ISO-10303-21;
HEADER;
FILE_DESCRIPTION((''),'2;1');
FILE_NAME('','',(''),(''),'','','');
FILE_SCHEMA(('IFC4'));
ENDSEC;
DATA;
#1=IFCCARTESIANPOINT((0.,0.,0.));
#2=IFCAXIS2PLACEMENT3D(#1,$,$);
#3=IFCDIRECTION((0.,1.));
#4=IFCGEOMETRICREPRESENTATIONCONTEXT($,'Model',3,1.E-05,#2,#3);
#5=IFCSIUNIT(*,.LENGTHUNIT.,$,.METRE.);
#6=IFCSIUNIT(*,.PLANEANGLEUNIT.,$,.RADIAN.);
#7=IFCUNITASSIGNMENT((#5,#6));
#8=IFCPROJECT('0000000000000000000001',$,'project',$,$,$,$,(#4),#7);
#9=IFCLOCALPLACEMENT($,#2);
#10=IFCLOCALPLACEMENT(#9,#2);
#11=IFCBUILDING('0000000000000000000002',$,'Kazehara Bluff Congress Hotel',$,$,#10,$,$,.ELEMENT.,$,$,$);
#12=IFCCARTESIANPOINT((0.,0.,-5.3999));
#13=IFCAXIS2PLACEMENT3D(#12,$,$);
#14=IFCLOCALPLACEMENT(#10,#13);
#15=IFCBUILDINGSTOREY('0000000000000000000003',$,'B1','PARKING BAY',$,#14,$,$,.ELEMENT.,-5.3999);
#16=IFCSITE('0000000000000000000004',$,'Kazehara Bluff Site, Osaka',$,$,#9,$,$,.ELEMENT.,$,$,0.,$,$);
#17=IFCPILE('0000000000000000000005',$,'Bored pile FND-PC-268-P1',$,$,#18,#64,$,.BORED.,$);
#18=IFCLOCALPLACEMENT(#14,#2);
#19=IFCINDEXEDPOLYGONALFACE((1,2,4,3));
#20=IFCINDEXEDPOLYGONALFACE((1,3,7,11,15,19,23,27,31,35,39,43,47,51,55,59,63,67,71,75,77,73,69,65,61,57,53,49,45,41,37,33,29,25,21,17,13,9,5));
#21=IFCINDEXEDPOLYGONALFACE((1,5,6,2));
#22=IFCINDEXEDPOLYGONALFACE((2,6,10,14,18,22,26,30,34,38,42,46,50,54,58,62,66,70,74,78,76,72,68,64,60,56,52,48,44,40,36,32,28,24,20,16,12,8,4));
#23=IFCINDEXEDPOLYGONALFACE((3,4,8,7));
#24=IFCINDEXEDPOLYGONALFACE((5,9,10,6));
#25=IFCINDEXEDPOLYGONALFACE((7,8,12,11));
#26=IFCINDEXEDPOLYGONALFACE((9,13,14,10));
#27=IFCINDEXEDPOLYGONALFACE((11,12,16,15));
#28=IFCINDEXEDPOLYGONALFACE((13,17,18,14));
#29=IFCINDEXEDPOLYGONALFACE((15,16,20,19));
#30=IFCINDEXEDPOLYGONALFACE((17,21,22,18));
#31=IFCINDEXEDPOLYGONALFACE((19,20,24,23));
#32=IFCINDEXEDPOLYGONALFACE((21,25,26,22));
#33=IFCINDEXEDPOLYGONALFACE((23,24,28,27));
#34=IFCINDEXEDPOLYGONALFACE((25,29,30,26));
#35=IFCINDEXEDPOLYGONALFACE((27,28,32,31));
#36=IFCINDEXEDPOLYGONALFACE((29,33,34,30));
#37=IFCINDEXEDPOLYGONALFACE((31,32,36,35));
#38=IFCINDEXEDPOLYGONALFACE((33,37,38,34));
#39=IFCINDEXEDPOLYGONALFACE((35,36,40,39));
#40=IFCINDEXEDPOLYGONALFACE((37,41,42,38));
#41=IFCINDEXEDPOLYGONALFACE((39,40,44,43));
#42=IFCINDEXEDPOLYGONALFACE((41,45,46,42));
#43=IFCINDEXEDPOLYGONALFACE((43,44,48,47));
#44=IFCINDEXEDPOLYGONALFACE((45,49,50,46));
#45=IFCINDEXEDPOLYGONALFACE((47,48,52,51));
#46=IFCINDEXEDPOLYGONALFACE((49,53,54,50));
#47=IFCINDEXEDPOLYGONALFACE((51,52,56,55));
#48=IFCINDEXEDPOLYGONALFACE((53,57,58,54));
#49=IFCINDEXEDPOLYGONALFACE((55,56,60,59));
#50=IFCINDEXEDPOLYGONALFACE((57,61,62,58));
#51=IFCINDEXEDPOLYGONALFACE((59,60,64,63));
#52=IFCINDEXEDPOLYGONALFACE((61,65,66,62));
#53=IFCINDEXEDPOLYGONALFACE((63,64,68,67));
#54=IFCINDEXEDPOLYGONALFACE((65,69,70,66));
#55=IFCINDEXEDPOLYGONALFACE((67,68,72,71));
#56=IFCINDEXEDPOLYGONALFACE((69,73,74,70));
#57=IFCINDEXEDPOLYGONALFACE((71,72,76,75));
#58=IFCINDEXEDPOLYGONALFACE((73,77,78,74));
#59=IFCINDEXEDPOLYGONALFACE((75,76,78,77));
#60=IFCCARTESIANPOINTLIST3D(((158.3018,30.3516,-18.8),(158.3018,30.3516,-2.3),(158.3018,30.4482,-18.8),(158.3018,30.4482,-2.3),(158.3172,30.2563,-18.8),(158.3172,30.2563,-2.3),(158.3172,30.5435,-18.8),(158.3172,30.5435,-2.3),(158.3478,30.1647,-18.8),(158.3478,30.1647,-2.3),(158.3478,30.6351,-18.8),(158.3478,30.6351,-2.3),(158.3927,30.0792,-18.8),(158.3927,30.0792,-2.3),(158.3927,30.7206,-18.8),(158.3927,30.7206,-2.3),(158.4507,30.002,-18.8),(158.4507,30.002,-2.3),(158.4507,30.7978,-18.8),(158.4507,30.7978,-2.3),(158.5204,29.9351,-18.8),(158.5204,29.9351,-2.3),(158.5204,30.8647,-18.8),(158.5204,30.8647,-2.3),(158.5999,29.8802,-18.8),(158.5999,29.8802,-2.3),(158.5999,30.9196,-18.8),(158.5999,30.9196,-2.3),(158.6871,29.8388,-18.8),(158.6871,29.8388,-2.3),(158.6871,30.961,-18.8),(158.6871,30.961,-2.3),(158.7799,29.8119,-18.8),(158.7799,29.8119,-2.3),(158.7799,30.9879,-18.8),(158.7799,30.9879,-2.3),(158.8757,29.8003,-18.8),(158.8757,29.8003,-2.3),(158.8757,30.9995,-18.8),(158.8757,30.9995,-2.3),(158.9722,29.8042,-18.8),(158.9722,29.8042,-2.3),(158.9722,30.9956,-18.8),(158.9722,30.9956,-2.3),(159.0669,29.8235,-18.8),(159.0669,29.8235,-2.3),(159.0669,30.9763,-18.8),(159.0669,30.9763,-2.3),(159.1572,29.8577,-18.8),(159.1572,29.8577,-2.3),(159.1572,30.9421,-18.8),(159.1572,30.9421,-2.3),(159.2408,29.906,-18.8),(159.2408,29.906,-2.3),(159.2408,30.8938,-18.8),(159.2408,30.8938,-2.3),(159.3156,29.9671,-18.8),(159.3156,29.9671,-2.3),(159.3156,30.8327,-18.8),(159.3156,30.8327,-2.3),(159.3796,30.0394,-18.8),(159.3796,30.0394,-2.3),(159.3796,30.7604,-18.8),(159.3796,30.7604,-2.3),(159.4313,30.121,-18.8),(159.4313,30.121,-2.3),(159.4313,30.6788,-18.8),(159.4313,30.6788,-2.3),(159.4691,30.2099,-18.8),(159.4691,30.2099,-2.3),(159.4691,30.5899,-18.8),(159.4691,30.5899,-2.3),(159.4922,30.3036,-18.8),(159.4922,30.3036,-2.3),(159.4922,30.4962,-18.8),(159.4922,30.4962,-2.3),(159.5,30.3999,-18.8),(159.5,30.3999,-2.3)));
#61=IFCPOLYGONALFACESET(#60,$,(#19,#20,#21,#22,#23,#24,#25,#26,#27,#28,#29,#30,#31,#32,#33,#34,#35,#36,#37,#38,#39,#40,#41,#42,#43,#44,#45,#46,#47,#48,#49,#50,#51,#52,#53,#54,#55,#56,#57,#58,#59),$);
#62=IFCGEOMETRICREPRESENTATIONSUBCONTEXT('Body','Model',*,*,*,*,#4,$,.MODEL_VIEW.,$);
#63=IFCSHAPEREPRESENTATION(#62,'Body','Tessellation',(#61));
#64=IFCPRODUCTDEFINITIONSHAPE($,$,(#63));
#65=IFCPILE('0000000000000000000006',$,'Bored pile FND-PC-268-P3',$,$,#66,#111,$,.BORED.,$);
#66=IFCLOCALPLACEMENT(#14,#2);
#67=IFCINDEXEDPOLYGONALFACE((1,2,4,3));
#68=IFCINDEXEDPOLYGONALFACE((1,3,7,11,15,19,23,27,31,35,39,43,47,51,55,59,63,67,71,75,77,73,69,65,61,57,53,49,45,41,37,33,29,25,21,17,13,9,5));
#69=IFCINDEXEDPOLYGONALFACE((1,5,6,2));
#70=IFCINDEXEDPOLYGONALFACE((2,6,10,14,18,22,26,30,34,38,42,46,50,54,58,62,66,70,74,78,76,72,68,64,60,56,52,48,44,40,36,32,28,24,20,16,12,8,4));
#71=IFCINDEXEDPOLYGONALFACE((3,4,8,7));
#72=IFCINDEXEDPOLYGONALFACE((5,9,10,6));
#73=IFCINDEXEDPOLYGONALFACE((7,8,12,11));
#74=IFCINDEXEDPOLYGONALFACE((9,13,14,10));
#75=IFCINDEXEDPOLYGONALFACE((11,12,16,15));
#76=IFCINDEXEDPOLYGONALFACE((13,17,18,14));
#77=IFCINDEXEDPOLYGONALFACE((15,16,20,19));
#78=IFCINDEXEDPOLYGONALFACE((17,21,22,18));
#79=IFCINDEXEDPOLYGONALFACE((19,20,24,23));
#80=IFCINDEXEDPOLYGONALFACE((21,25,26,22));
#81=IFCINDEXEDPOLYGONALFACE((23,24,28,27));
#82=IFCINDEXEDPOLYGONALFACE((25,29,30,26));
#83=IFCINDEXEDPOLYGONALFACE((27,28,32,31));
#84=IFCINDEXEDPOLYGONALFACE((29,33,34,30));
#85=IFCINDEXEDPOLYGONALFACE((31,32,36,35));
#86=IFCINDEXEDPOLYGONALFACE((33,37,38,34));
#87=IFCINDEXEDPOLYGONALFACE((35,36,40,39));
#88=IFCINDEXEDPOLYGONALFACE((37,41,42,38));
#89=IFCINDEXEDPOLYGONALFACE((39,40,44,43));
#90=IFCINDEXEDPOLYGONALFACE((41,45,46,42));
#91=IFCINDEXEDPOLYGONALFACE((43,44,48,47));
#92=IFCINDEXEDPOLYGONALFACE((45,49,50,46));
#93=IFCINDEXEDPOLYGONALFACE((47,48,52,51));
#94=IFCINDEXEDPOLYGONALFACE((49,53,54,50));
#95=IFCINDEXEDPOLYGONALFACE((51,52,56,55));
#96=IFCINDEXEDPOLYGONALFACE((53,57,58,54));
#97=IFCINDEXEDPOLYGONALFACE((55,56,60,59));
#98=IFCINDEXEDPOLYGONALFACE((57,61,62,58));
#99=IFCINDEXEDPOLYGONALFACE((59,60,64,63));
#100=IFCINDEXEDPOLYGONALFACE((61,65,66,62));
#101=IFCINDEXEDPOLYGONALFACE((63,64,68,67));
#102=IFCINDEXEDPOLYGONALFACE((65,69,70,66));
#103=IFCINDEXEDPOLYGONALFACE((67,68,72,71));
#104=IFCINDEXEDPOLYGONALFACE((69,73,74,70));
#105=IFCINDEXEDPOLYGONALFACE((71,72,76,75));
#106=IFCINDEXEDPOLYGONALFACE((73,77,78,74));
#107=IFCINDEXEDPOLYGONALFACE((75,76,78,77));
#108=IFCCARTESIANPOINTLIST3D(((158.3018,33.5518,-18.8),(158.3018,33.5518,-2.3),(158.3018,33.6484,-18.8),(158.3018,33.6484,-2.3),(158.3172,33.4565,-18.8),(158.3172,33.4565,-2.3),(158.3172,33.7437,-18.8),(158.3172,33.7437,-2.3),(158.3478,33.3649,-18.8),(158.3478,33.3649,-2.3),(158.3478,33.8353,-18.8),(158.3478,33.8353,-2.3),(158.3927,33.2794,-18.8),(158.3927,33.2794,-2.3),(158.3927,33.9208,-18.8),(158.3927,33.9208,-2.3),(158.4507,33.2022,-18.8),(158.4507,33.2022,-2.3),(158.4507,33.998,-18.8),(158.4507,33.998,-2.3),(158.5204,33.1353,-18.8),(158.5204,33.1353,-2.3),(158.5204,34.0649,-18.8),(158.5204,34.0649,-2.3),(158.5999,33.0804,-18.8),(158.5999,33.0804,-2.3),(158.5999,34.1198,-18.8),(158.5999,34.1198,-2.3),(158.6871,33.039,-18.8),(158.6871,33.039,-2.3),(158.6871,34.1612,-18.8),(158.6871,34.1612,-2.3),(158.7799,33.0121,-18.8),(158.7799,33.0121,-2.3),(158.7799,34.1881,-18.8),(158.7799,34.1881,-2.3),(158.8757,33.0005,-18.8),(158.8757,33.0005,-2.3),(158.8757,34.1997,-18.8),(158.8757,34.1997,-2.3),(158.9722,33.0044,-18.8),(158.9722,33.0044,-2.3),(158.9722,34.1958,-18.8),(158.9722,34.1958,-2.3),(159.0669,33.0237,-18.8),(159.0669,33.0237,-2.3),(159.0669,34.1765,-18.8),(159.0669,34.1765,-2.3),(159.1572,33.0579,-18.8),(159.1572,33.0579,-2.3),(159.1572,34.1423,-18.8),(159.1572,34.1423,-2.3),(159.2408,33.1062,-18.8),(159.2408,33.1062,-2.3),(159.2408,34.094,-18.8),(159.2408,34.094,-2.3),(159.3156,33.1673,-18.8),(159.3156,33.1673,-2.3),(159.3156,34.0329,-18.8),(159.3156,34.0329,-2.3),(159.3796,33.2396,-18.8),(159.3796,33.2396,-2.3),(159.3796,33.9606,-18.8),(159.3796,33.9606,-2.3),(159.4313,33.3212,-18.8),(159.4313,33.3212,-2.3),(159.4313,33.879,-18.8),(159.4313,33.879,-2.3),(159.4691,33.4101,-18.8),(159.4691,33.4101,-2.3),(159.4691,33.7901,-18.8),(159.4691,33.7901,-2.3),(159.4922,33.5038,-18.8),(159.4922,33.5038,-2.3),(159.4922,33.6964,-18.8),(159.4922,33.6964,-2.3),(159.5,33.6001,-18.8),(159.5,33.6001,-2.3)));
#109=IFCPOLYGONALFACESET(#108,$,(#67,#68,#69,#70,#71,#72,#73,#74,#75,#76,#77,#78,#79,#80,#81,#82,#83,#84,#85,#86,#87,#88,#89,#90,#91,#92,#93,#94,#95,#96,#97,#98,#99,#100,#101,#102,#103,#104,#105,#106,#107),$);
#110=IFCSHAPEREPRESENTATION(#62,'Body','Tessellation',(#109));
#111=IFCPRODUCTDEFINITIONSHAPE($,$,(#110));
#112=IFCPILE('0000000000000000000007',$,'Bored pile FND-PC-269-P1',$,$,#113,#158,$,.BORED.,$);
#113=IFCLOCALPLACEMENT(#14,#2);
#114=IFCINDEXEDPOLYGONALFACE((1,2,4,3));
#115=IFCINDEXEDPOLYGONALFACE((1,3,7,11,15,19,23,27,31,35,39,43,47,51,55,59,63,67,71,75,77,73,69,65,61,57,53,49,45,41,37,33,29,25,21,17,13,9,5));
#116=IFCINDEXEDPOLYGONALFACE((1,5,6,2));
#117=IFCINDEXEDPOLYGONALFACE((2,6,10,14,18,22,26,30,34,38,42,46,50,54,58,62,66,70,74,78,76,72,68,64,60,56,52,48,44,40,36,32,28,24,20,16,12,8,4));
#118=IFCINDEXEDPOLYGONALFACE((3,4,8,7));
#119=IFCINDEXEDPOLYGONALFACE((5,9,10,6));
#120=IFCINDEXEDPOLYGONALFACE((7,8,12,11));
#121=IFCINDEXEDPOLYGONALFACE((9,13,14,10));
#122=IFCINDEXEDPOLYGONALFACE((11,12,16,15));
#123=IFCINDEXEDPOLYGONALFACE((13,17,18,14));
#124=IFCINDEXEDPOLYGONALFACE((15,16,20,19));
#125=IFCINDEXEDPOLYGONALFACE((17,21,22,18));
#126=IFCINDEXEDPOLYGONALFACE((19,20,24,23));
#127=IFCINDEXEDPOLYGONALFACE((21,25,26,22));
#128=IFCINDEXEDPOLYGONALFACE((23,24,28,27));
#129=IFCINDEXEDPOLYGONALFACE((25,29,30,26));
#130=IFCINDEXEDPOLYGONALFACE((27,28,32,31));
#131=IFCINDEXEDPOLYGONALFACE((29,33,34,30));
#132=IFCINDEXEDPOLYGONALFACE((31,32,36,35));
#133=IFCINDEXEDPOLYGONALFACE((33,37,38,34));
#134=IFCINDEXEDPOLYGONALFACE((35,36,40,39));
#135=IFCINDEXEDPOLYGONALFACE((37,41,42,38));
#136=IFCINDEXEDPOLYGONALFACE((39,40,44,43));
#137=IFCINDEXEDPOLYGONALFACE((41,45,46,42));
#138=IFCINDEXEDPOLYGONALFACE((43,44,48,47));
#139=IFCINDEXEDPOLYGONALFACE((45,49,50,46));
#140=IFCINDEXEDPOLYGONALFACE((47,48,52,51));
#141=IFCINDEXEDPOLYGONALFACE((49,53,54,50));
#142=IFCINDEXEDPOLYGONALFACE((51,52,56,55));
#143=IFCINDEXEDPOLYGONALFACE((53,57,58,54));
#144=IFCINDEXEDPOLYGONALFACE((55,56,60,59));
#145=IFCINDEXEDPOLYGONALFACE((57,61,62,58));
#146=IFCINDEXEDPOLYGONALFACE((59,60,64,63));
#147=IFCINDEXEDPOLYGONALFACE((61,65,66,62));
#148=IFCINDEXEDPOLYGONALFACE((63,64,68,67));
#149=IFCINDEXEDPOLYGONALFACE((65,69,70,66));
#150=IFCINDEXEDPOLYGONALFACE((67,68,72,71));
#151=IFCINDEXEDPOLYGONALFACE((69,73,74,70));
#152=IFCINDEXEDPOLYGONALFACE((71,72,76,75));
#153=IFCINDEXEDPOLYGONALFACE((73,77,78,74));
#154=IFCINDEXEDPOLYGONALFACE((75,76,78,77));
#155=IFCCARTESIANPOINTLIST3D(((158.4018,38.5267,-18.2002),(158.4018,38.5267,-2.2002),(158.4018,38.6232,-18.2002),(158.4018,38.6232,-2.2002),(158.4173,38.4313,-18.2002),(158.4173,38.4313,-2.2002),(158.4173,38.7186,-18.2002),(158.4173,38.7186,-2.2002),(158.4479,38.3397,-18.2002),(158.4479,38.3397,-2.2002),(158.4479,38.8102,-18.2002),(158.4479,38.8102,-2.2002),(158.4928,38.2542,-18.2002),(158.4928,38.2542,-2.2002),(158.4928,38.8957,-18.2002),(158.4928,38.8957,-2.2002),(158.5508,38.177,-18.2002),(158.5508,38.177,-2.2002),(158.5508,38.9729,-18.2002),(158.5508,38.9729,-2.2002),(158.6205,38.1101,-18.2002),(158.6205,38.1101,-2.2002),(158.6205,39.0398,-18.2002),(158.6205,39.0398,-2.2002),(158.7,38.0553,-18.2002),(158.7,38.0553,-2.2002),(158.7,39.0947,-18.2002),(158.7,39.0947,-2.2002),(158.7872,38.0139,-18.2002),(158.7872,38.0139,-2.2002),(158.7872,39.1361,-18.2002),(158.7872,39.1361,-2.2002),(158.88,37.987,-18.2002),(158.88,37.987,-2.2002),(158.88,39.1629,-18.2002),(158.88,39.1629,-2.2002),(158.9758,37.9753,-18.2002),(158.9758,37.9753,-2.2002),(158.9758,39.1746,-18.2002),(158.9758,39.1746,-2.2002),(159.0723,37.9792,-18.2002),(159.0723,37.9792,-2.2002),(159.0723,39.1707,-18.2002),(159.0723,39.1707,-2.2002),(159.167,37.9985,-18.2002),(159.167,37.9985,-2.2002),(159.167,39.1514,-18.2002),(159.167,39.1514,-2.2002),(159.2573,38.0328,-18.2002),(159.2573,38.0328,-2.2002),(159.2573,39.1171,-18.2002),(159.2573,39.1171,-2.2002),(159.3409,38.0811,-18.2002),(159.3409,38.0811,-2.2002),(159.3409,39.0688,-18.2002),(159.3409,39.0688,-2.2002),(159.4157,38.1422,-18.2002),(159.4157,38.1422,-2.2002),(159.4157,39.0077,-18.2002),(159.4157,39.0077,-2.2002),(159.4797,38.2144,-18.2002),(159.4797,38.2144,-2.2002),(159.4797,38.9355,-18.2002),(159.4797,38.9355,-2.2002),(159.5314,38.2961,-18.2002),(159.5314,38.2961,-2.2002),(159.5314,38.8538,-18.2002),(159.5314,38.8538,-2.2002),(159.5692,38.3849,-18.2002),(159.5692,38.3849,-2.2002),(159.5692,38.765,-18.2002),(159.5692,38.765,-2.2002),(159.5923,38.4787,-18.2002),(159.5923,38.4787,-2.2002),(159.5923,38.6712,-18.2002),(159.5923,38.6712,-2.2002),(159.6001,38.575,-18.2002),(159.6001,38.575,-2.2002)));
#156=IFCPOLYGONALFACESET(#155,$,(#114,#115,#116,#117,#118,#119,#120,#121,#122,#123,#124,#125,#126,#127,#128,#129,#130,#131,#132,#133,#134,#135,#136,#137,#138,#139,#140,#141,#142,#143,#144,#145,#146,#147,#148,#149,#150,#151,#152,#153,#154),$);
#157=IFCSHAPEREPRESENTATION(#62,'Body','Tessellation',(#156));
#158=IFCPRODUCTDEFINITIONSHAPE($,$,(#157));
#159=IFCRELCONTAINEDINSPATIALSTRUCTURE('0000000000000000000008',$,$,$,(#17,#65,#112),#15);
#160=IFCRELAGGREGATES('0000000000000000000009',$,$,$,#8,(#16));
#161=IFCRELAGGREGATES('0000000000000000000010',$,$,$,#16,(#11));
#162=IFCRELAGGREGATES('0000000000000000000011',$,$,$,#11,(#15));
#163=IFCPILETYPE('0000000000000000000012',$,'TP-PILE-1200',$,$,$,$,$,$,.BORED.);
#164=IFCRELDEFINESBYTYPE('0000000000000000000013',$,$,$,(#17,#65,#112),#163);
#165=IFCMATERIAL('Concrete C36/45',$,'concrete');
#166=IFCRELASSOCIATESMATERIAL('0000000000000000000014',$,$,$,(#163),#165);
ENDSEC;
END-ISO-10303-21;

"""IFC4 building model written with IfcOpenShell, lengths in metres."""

from ifc_helpers import new_model, si_unit, direction, frame, origin, origin_2d, place, context, subcontext, project, spatial, circle, extrude, material, material_profile, profile_set, type_object, element, save


model = new_model("IFC4")

# Units and contexts
model_context = context("Model", 3, precision=1e-05, world=origin(), true_north=direction((0.0, 1.0)))
body_context = subcontext(model_context, "Body", "Model", "MODEL_VIEW")
ifc_project = project(units=[si_unit("LENGTHUNIT", "METRE"), si_unit("PLANEANGLEUNIT", "RADIAN")], contexts=[model_context])

# Site, building, storey
site_placement = place(None, origin())
site = spatial("IfcSite", under=ifc_project, at=site_placement, Name="Kazehara Bluff Site, Osaka", CompositionType="ELEMENT", RefElevation=0.0)
building_placement = place(site_placement, origin())
building = spatial("IfcBuilding", under=site, at=building_placement, Name="Kazehara Bluff Congress Hotel", CompositionType="ELEMENT")
storey_placement = place(building_placement, frame((0.0, 0.0, -5.3999)))
storey = spatial("IfcBuildingStorey", under=building, at=storey_placement, Name="B1", Description="PARKING BAY", CompositionType="ELEMENT", Elevation=-5.3999)

# Piles
ifc_material_1 = material(Name="Concrete C36/45", Category="concrete")
ifc_material_profile_1 = material_profile(ifc_material_1, circle(Radius=0.6001, at=origin_2d()))
ifc_profile_set_1 = profile_set([ifc_material_profile_1], Name="Concrete C36/45")
pile_type = type_object("IfcPileType", Name="TP-PILE-1200", PredefinedType="BORED", material=ifc_profile_set_1)
for number, where, z_axis, x_axis, name in (
    (1, (158.8999, 30.3999, -2.3), (0.0, 0.0, -1.0), (1.0, 0.0, 0.0), "Bored pile FND-PC-268-P1"),
    (2, (158.8999, 33.6001, -2.3), (0.0, 0.0, -1.0), (1.0, 0.0, 0.0), "Bored pile FND-PC-268-P3"),
):
    element("IfcPile", number, at=place(storey_placement, frame(where, z_axis=z_axis, x_axis=x_axis)), inside=storey, type_object=pile_type, Name=name, PredefinedType="BORED", context=body_context, shape_type="SweptSolid", body=[
        extrude(circle(Radius=0.6001, at=origin_2d()), origin(), (0.0, 0.0, 1.0), 16.5),
    ])
pile_placement = place(storey_placement, frame((159.0, 38.575, -2.2002), z_axis=(0.0, 0.0, -1.0), x_axis=(1.0, 0.0, 0.0)))
element("IfcPile", 3, at=pile_placement, inside=storey, type_object=pile_type, Name="Bored pile FND-PC-269-P1", PredefinedType="BORED", context=body_context, shape_type="SweptSolid", body=[
    extrude(circle(Radius=0.6001, at=origin_2d()), origin(), (0.0, 0.0, 1.0), 16.0),
])

save(model, "model.ifc")
